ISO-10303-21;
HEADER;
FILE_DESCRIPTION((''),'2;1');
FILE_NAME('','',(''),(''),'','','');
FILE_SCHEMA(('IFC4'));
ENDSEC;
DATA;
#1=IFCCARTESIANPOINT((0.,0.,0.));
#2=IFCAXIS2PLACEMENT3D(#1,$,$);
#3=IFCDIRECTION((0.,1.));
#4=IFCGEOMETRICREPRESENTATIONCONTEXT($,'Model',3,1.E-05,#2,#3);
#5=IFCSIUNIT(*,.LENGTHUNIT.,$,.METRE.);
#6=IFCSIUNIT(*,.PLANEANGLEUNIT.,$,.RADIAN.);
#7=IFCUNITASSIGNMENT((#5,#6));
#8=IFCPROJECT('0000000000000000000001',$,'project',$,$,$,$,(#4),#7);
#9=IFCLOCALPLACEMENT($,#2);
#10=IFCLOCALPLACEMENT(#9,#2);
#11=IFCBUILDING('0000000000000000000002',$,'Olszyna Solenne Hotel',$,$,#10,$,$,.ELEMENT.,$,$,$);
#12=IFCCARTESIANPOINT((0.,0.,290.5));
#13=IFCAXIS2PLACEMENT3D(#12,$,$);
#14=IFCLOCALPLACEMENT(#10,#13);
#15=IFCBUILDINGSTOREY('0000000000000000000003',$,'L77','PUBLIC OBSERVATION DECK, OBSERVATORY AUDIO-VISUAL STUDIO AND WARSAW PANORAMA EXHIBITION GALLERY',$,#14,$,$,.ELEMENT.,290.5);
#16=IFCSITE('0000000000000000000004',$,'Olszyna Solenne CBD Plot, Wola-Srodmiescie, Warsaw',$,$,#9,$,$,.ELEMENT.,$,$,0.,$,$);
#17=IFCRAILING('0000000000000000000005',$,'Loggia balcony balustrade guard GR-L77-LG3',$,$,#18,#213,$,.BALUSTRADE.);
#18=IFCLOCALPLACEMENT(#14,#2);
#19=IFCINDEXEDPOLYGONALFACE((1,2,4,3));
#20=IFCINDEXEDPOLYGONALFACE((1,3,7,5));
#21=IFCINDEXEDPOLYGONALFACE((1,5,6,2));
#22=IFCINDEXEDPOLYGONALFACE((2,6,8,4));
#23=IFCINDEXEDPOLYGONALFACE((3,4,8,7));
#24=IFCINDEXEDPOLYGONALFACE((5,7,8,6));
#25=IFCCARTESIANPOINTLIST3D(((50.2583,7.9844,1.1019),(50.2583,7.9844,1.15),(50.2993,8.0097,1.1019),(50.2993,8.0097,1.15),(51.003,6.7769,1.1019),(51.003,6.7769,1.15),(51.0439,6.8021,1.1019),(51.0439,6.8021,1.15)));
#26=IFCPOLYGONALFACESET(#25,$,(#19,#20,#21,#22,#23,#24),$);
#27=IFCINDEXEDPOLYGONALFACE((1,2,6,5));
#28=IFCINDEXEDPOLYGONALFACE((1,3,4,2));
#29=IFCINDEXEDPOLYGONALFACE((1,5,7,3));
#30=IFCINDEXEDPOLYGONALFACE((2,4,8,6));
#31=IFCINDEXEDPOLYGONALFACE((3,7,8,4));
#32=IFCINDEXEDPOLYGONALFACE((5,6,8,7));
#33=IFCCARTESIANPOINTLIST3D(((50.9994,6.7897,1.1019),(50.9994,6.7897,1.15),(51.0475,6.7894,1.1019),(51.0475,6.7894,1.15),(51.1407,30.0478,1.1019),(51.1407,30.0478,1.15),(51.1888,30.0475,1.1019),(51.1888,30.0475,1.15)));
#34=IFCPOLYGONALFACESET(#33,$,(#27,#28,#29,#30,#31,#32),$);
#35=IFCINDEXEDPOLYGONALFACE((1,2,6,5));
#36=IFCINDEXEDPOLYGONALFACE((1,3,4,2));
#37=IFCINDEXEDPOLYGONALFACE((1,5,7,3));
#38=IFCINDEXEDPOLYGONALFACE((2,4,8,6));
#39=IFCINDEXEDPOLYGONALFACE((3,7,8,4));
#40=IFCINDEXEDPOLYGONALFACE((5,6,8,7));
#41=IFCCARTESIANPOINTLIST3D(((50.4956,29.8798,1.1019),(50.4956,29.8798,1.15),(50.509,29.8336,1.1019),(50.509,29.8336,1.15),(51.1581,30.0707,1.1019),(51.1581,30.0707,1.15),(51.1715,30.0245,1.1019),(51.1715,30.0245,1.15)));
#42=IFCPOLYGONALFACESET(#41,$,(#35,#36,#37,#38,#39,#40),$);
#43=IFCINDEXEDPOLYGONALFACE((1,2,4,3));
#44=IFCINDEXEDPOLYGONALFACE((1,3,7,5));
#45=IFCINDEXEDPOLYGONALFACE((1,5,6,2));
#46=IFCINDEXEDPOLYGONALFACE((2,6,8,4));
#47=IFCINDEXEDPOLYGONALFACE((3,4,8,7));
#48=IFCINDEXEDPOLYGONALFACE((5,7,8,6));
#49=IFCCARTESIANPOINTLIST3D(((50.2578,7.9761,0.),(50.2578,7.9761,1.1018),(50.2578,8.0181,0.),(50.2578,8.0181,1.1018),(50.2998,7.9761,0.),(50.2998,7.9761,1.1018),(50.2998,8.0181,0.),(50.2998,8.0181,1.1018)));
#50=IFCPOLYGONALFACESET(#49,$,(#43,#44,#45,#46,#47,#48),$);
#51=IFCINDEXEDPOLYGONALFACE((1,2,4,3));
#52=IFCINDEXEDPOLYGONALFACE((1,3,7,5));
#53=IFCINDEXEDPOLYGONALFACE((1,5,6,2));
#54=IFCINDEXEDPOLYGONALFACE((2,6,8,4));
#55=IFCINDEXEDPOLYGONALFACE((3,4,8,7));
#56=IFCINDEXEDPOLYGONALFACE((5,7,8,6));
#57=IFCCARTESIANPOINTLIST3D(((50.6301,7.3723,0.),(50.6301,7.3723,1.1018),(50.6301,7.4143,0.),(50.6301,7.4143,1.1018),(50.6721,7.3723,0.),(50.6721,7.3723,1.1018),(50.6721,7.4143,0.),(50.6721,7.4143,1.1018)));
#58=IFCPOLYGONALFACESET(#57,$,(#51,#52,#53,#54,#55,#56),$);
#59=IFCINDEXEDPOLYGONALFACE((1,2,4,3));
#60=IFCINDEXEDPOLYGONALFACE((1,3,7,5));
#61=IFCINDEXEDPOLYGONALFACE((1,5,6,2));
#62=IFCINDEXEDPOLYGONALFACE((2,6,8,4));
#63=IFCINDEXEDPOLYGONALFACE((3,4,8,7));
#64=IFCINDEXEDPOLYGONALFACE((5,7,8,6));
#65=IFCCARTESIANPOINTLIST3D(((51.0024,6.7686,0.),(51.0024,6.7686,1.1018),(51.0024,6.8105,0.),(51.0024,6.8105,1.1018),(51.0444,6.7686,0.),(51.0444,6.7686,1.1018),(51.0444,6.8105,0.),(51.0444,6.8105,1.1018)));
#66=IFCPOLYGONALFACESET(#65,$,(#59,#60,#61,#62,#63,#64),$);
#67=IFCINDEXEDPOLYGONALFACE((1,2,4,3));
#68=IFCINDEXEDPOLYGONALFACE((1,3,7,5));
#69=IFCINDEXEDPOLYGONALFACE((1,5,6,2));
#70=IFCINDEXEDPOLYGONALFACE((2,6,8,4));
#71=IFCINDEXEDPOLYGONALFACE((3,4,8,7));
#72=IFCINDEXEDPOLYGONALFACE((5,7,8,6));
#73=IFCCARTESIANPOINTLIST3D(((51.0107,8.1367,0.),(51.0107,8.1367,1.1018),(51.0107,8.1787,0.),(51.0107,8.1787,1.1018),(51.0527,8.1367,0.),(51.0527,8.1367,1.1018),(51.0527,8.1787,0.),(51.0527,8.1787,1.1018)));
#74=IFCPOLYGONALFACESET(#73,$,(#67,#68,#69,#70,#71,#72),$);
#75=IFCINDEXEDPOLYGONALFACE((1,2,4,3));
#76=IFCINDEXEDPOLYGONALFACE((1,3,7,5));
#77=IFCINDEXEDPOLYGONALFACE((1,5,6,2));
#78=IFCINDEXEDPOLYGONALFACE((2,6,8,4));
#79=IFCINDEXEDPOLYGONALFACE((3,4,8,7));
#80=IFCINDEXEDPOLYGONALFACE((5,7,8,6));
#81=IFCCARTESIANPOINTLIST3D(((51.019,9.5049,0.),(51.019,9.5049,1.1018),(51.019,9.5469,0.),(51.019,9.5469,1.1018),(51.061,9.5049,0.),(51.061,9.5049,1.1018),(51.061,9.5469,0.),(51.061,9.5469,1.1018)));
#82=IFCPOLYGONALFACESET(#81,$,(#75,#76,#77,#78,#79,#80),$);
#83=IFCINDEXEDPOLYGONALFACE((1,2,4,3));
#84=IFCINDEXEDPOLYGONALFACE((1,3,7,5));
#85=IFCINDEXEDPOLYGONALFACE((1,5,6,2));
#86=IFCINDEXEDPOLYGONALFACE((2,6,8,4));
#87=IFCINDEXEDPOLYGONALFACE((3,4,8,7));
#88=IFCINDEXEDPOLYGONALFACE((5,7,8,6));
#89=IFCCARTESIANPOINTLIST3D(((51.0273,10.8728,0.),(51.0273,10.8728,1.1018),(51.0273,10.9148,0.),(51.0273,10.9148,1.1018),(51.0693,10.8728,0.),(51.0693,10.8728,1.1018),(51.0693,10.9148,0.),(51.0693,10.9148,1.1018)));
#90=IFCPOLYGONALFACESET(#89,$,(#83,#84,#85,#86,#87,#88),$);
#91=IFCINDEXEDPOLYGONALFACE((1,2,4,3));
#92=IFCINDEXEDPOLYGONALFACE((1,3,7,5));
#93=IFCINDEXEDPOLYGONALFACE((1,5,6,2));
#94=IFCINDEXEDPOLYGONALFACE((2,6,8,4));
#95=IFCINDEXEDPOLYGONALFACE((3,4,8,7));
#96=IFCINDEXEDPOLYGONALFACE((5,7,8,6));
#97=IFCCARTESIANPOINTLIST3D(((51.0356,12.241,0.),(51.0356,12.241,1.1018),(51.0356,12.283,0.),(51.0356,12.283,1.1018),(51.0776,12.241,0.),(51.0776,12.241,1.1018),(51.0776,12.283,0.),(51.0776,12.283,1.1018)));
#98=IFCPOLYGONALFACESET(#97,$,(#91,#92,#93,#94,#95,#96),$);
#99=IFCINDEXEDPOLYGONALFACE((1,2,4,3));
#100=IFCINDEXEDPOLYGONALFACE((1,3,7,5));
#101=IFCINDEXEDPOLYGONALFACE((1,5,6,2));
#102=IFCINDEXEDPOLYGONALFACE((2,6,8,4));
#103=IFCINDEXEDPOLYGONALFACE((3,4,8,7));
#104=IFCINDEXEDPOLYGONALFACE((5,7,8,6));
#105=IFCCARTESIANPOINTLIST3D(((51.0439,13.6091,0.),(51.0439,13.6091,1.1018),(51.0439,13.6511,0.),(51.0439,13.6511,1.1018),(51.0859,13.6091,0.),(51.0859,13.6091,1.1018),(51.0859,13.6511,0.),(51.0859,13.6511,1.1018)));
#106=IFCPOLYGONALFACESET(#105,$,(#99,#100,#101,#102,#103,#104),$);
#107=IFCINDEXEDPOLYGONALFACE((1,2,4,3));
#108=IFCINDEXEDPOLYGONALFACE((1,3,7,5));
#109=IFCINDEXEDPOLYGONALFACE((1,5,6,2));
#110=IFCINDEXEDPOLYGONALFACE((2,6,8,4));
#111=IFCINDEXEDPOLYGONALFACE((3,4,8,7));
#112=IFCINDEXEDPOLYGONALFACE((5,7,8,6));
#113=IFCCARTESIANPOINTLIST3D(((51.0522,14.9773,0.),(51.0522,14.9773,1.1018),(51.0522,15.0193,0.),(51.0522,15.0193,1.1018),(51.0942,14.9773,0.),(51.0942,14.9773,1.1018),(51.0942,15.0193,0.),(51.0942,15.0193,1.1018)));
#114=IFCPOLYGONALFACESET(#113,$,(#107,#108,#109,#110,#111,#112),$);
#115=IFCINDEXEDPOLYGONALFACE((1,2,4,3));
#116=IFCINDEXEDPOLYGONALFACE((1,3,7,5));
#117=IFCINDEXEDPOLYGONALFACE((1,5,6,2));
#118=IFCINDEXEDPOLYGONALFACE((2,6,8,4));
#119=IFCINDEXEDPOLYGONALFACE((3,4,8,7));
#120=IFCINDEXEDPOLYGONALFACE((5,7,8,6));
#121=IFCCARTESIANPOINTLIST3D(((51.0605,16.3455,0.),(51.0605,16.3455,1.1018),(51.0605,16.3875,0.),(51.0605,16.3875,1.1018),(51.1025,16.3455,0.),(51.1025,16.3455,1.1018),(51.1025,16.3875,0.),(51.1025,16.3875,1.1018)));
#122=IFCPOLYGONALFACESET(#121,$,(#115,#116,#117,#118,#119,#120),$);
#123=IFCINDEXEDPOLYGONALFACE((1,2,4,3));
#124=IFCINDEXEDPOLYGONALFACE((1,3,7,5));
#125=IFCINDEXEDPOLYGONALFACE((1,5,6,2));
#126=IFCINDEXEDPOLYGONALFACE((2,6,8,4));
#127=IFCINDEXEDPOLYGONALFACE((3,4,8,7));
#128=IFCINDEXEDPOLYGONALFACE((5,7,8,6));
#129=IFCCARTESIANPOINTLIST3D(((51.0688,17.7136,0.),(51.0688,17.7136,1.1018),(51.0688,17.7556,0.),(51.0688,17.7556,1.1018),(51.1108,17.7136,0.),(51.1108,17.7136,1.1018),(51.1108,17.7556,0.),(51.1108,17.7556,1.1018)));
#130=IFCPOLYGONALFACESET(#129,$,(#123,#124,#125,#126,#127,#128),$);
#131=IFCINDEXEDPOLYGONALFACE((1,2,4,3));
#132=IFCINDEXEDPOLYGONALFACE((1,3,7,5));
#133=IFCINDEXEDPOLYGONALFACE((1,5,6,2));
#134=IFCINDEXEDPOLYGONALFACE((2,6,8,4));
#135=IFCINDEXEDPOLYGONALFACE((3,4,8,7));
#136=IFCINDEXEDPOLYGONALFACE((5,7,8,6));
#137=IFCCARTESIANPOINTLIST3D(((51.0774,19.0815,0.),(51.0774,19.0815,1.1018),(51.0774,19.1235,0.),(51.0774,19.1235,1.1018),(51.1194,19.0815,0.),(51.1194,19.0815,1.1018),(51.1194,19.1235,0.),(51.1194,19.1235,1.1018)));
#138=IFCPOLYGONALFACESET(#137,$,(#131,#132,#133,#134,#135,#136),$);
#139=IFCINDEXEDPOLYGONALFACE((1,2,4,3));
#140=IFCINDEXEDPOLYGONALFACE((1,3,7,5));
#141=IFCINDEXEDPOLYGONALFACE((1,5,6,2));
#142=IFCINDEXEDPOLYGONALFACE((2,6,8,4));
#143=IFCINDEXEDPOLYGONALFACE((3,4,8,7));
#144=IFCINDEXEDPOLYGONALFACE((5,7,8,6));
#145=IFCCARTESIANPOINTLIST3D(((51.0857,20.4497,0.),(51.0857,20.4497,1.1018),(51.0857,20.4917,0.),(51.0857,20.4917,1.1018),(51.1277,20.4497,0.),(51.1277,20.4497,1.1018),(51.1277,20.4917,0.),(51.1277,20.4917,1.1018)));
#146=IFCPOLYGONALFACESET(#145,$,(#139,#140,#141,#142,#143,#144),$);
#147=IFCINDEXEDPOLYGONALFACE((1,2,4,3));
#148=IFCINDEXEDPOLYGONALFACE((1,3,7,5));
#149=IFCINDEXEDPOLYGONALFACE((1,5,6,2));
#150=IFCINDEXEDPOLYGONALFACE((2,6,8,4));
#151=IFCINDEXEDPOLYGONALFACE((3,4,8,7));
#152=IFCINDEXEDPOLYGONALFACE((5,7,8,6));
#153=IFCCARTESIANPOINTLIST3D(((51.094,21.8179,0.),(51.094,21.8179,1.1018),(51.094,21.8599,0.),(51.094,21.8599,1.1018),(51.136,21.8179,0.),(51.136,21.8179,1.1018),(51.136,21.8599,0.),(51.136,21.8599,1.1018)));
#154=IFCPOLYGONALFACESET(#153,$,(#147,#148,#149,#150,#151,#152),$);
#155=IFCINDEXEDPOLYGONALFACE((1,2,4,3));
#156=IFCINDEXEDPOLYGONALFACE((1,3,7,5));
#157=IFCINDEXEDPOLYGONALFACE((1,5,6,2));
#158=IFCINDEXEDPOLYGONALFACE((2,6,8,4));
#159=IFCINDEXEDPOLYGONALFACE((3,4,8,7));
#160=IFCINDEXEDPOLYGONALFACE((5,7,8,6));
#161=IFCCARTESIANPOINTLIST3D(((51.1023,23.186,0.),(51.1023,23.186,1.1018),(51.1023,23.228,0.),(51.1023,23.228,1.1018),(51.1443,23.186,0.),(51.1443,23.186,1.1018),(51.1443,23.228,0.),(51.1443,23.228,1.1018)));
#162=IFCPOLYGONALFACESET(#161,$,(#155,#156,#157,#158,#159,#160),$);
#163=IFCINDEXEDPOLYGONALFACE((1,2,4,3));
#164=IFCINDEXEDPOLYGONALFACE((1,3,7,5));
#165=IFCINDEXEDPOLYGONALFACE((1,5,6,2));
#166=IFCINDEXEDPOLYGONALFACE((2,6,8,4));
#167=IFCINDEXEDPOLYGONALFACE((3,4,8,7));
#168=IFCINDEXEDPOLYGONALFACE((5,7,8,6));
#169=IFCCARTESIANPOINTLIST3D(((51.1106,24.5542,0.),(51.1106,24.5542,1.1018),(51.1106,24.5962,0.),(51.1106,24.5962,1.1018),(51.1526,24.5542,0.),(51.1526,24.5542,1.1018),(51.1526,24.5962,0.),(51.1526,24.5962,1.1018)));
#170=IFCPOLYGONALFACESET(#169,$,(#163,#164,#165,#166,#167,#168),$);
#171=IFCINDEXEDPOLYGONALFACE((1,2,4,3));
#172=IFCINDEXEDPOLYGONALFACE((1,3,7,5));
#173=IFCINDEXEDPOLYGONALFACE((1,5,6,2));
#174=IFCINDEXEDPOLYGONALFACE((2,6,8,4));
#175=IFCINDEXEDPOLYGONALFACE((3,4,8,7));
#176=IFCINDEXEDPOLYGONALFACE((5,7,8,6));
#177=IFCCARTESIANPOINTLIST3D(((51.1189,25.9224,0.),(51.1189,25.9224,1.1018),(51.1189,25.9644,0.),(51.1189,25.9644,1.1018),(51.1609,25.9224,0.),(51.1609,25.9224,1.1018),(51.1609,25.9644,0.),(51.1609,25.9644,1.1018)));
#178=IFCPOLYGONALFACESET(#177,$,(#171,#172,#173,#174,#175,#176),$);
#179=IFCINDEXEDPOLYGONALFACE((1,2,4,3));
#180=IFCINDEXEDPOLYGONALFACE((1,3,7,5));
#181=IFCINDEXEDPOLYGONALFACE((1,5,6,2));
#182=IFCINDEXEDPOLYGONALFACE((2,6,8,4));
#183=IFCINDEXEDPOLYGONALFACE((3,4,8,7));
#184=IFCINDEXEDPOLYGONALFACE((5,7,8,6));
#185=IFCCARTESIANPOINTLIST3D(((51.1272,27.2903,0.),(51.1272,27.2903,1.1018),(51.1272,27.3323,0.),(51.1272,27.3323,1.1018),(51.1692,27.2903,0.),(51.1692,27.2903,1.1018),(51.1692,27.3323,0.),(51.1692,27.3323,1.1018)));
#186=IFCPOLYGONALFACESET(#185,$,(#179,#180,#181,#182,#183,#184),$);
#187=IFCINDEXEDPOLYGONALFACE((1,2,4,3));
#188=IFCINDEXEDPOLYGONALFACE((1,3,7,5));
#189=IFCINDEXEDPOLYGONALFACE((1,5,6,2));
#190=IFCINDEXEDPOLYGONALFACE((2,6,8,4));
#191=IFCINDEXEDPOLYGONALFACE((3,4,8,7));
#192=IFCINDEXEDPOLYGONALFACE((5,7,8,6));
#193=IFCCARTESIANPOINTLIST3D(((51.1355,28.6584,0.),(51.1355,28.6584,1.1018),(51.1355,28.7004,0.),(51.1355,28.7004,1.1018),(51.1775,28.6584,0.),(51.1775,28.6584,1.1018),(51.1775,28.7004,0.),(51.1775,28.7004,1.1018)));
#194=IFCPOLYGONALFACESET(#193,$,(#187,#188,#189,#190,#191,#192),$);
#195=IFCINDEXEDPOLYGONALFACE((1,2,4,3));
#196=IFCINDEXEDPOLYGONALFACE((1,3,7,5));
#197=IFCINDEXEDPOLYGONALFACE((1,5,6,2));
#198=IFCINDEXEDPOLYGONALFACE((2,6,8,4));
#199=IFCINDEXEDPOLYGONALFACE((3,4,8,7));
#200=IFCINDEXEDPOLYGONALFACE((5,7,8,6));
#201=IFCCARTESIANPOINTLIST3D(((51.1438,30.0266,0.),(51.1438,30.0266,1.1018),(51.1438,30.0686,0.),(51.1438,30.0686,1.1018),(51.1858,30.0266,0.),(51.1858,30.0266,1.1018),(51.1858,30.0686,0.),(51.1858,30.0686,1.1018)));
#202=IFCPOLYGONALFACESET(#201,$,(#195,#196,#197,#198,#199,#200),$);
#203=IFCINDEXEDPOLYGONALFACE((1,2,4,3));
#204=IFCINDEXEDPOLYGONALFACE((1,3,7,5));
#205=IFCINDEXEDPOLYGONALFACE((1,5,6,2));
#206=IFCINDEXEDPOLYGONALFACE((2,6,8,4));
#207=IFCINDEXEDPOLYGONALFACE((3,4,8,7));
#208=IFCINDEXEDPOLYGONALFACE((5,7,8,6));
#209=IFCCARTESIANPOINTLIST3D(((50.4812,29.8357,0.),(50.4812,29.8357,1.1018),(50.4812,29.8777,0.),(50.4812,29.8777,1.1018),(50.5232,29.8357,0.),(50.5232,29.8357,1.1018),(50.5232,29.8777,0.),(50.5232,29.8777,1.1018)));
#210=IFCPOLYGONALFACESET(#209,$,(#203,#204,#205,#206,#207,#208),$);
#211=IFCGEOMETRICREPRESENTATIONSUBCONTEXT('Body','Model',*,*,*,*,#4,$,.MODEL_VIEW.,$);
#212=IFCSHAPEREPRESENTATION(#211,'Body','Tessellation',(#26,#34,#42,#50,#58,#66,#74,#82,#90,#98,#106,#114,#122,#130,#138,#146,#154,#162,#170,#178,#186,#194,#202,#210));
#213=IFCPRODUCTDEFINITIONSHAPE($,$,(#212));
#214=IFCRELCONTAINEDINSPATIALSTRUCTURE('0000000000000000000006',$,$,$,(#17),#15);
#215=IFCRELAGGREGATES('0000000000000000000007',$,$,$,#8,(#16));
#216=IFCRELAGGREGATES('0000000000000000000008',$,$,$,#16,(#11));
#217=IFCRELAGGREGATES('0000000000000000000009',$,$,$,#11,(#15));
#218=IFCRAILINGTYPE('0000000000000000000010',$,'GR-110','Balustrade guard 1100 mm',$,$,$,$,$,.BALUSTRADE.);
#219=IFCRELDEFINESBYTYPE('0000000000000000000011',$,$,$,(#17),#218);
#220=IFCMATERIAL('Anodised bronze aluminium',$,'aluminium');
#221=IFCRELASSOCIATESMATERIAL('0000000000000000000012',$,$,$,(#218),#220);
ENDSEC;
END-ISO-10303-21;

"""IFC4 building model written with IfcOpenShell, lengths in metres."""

from ifc_helpers import new_model, si_unit, direction, frame, origin, origin_2d, place, context, subcontext, project, spatial, rectangle, extrude, material, type_object, element, save


model = new_model("IFC4")

# Units and contexts
model_context = context("Model", 3, precision=1e-05, world=origin(), true_north=direction((0.0, 1.0)))
body_context = subcontext(model_context, "Body", "Model", "MODEL_VIEW")
ifc_project = project(units=[si_unit("LENGTHUNIT", "METRE"), si_unit("PLANEANGLEUNIT", "RADIAN")], contexts=[model_context])

# Site, building, storey
site_placement = place(None, origin())
site = spatial("IfcSite", under=ifc_project, at=site_placement, Name="Olszyna Solenne CBD Plot, Wola-Srodmiescie, Warsaw", CompositionType="ELEMENT", RefElevation=0.0)
building_placement = place(site_placement, origin())
building = spatial("IfcBuilding", under=site, at=building_placement, Name="Olszyna Solenne Hotel", CompositionType="ELEMENT")
storey_placement = place(building_placement, frame((0.0, 0.0, 290.5)))
storey = spatial("IfcBuildingStorey", under=building, at=storey_placement, Name="L77", Description="PUBLIC OBSERVATION DECK, OBSERVATORY AUDIO-VISUAL STUDIO AND WARSAW PANORAMA EXHIBITION GALLERY", CompositionType="ELEMENT", Elevation=290.5)

# Shared definitions
ifc_material_1 = material(Name="Anodised bronze aluminium", Category="aluminium")

# Railing
railing_type = type_object("IfcRailingType", Name="GR-110", Description="Balustrade guard 1100 mm", PredefinedType="BALUSTRADE", material=ifc_material_1)
railing_placement = place(storey_placement, frame((50.2788, 7.9971, 0.0)))
element("IfcRailing", 1, at=railing_placement, inside=storey, type_object=railing_type, Name="Loggia balcony balustrade guard GR-L77-LG3", PredefinedType="BALUSTRADE", context=body_context, shape_type="SweptSolid", body=[
    extrude(rectangle(XDim=0.0481, YDim=0.0481, at=origin_2d()), frame((0.0, 0.0, 1.126), z_axis=(0.524885, -0.851173, 0.0), x_axis=(0.851173, 0.524885, 0.0)), (0.0, 0.0, 1.0), 1.4187),
    extrude(rectangle(XDim=0.0481, YDim=0.0481, at=origin_2d()), frame((0.7446, -1.2075, 1.126), z_axis=(0.006078, 0.999982, 0.0), x_axis=(-0.999982, 0.006078, 0.0)), (0.0, 0.0, 1.0), 23.2585),
    extrude(rectangle(XDim=0.0481, YDim=0.0481, at=origin_2d()), frame((0.886, 22.0505, 1.126), z_axis=(-0.960907, -0.276871, 0.0), x_axis=(0.276871, -0.960907, 0.0)), (0.0, 0.0, 1.0), 0.6895),
    extrude(rectangle(XDim=0.042, YDim=0.042, at=origin_2d()), origin(), (0.0, 0.0, 1.0), 1.1018),
    extrude(rectangle(XDim=0.042, YDim=0.042, at=origin_2d()), frame((0.3723, -0.6038, 0.0)), (0.0, 0.0, 1.0), 1.1018),
    extrude(rectangle(XDim=0.042, YDim=0.042, at=origin_2d()), frame((0.7446, -1.2075, 0.0)), (0.0, 0.0, 1.0), 1.1018),
    extrude(rectangle(XDim=0.042, YDim=0.042, at=origin_2d()), frame((0.7529, 0.1606, 0.0)), (0.0, 0.0, 1.0), 1.1018),
    extrude(rectangle(XDim=0.042, YDim=0.042, at=origin_2d()), frame((0.7612, 1.5288, 0.0)), (0.0, 0.0, 1.0), 1.1018),
    extrude(rectangle(XDim=0.042, YDim=0.042, at=origin_2d()), frame((0.7695, 2.8967, 0.0)), (0.0, 0.0, 1.0), 1.1018),
    extrude(rectangle(XDim=0.042, YDim=0.042, at=origin_2d()), frame((0.7778, 4.2649, 0.0)), (0.0, 0.0, 1.0), 1.1018),
    extrude(rectangle(XDim=0.042, YDim=0.042, at=origin_2d()), frame((0.7861, 5.6331, 0.0)), (0.0, 0.0, 1.0), 1.1018),
    extrude(rectangle(XDim=0.042, YDim=0.042, at=origin_2d()), frame((0.7944, 7.0012, 0.0)), (0.0, 0.0, 1.0), 1.1018),
    extrude(rectangle(XDim=0.042, YDim=0.042, at=origin_2d()), frame((0.8027, 8.3694, 0.0)), (0.0, 0.0, 1.0), 1.1018),
    extrude(rectangle(XDim=0.042, YDim=0.042, at=origin_2d()), frame((0.811, 9.7375, 0.0)), (0.0, 0.0, 1.0), 1.1018),
    extrude(rectangle(XDim=0.042, YDim=0.042, at=origin_2d()), frame((0.8196, 11.1055, 0.0)), (0.0, 0.0, 1.0), 1.1018),
    extrude(rectangle(XDim=0.042, YDim=0.042, at=origin_2d()), frame((0.8279, 12.4736, 0.0)), (0.0, 0.0, 1.0), 1.1018),
    extrude(rectangle(XDim=0.042, YDim=0.042, at=origin_2d()), frame((0.8362, 13.8418, 0.0)), (0.0, 0.0, 1.0), 1.1018),
    extrude(rectangle(XDim=0.042, YDim=0.042, at=origin_2d()), frame((0.8445, 15.21, 0.0)), (0.0, 0.0, 1.0), 1.1018),
    extrude(rectangle(XDim=0.042, YDim=0.042, at=origin_2d()), frame((0.8528, 16.5781, 0.0)), (0.0, 0.0, 1.0), 1.1018),
    extrude(rectangle(XDim=0.042, YDim=0.042, at=origin_2d()), frame((0.8611, 17.9463, 0.0)), (0.0, 0.0, 1.0), 1.1018),
    extrude(rectangle(XDim=0.042, YDim=0.042, at=origin_2d()), frame((0.8694, 19.3142, 0.0)), (0.0, 0.0, 1.0), 1.1018),
    extrude(rectangle(XDim=0.042, YDim=0.042, at=origin_2d()), frame((0.8777, 20.6824, 0.0)), (0.0, 0.0, 1.0), 1.1018),
    extrude(rectangle(XDim=0.042, YDim=0.042, at=origin_2d()), frame((0.886, 22.0505, 0.0)), (0.0, 0.0, 1.0), 1.1018),
    extrude(rectangle(XDim=0.042, YDim=0.042, at=origin_2d()), frame((0.2234, 21.8596, 0.0)), (0.0, 0.0, 1.0), 1.1018),
])

save(model, "model.ifc")
